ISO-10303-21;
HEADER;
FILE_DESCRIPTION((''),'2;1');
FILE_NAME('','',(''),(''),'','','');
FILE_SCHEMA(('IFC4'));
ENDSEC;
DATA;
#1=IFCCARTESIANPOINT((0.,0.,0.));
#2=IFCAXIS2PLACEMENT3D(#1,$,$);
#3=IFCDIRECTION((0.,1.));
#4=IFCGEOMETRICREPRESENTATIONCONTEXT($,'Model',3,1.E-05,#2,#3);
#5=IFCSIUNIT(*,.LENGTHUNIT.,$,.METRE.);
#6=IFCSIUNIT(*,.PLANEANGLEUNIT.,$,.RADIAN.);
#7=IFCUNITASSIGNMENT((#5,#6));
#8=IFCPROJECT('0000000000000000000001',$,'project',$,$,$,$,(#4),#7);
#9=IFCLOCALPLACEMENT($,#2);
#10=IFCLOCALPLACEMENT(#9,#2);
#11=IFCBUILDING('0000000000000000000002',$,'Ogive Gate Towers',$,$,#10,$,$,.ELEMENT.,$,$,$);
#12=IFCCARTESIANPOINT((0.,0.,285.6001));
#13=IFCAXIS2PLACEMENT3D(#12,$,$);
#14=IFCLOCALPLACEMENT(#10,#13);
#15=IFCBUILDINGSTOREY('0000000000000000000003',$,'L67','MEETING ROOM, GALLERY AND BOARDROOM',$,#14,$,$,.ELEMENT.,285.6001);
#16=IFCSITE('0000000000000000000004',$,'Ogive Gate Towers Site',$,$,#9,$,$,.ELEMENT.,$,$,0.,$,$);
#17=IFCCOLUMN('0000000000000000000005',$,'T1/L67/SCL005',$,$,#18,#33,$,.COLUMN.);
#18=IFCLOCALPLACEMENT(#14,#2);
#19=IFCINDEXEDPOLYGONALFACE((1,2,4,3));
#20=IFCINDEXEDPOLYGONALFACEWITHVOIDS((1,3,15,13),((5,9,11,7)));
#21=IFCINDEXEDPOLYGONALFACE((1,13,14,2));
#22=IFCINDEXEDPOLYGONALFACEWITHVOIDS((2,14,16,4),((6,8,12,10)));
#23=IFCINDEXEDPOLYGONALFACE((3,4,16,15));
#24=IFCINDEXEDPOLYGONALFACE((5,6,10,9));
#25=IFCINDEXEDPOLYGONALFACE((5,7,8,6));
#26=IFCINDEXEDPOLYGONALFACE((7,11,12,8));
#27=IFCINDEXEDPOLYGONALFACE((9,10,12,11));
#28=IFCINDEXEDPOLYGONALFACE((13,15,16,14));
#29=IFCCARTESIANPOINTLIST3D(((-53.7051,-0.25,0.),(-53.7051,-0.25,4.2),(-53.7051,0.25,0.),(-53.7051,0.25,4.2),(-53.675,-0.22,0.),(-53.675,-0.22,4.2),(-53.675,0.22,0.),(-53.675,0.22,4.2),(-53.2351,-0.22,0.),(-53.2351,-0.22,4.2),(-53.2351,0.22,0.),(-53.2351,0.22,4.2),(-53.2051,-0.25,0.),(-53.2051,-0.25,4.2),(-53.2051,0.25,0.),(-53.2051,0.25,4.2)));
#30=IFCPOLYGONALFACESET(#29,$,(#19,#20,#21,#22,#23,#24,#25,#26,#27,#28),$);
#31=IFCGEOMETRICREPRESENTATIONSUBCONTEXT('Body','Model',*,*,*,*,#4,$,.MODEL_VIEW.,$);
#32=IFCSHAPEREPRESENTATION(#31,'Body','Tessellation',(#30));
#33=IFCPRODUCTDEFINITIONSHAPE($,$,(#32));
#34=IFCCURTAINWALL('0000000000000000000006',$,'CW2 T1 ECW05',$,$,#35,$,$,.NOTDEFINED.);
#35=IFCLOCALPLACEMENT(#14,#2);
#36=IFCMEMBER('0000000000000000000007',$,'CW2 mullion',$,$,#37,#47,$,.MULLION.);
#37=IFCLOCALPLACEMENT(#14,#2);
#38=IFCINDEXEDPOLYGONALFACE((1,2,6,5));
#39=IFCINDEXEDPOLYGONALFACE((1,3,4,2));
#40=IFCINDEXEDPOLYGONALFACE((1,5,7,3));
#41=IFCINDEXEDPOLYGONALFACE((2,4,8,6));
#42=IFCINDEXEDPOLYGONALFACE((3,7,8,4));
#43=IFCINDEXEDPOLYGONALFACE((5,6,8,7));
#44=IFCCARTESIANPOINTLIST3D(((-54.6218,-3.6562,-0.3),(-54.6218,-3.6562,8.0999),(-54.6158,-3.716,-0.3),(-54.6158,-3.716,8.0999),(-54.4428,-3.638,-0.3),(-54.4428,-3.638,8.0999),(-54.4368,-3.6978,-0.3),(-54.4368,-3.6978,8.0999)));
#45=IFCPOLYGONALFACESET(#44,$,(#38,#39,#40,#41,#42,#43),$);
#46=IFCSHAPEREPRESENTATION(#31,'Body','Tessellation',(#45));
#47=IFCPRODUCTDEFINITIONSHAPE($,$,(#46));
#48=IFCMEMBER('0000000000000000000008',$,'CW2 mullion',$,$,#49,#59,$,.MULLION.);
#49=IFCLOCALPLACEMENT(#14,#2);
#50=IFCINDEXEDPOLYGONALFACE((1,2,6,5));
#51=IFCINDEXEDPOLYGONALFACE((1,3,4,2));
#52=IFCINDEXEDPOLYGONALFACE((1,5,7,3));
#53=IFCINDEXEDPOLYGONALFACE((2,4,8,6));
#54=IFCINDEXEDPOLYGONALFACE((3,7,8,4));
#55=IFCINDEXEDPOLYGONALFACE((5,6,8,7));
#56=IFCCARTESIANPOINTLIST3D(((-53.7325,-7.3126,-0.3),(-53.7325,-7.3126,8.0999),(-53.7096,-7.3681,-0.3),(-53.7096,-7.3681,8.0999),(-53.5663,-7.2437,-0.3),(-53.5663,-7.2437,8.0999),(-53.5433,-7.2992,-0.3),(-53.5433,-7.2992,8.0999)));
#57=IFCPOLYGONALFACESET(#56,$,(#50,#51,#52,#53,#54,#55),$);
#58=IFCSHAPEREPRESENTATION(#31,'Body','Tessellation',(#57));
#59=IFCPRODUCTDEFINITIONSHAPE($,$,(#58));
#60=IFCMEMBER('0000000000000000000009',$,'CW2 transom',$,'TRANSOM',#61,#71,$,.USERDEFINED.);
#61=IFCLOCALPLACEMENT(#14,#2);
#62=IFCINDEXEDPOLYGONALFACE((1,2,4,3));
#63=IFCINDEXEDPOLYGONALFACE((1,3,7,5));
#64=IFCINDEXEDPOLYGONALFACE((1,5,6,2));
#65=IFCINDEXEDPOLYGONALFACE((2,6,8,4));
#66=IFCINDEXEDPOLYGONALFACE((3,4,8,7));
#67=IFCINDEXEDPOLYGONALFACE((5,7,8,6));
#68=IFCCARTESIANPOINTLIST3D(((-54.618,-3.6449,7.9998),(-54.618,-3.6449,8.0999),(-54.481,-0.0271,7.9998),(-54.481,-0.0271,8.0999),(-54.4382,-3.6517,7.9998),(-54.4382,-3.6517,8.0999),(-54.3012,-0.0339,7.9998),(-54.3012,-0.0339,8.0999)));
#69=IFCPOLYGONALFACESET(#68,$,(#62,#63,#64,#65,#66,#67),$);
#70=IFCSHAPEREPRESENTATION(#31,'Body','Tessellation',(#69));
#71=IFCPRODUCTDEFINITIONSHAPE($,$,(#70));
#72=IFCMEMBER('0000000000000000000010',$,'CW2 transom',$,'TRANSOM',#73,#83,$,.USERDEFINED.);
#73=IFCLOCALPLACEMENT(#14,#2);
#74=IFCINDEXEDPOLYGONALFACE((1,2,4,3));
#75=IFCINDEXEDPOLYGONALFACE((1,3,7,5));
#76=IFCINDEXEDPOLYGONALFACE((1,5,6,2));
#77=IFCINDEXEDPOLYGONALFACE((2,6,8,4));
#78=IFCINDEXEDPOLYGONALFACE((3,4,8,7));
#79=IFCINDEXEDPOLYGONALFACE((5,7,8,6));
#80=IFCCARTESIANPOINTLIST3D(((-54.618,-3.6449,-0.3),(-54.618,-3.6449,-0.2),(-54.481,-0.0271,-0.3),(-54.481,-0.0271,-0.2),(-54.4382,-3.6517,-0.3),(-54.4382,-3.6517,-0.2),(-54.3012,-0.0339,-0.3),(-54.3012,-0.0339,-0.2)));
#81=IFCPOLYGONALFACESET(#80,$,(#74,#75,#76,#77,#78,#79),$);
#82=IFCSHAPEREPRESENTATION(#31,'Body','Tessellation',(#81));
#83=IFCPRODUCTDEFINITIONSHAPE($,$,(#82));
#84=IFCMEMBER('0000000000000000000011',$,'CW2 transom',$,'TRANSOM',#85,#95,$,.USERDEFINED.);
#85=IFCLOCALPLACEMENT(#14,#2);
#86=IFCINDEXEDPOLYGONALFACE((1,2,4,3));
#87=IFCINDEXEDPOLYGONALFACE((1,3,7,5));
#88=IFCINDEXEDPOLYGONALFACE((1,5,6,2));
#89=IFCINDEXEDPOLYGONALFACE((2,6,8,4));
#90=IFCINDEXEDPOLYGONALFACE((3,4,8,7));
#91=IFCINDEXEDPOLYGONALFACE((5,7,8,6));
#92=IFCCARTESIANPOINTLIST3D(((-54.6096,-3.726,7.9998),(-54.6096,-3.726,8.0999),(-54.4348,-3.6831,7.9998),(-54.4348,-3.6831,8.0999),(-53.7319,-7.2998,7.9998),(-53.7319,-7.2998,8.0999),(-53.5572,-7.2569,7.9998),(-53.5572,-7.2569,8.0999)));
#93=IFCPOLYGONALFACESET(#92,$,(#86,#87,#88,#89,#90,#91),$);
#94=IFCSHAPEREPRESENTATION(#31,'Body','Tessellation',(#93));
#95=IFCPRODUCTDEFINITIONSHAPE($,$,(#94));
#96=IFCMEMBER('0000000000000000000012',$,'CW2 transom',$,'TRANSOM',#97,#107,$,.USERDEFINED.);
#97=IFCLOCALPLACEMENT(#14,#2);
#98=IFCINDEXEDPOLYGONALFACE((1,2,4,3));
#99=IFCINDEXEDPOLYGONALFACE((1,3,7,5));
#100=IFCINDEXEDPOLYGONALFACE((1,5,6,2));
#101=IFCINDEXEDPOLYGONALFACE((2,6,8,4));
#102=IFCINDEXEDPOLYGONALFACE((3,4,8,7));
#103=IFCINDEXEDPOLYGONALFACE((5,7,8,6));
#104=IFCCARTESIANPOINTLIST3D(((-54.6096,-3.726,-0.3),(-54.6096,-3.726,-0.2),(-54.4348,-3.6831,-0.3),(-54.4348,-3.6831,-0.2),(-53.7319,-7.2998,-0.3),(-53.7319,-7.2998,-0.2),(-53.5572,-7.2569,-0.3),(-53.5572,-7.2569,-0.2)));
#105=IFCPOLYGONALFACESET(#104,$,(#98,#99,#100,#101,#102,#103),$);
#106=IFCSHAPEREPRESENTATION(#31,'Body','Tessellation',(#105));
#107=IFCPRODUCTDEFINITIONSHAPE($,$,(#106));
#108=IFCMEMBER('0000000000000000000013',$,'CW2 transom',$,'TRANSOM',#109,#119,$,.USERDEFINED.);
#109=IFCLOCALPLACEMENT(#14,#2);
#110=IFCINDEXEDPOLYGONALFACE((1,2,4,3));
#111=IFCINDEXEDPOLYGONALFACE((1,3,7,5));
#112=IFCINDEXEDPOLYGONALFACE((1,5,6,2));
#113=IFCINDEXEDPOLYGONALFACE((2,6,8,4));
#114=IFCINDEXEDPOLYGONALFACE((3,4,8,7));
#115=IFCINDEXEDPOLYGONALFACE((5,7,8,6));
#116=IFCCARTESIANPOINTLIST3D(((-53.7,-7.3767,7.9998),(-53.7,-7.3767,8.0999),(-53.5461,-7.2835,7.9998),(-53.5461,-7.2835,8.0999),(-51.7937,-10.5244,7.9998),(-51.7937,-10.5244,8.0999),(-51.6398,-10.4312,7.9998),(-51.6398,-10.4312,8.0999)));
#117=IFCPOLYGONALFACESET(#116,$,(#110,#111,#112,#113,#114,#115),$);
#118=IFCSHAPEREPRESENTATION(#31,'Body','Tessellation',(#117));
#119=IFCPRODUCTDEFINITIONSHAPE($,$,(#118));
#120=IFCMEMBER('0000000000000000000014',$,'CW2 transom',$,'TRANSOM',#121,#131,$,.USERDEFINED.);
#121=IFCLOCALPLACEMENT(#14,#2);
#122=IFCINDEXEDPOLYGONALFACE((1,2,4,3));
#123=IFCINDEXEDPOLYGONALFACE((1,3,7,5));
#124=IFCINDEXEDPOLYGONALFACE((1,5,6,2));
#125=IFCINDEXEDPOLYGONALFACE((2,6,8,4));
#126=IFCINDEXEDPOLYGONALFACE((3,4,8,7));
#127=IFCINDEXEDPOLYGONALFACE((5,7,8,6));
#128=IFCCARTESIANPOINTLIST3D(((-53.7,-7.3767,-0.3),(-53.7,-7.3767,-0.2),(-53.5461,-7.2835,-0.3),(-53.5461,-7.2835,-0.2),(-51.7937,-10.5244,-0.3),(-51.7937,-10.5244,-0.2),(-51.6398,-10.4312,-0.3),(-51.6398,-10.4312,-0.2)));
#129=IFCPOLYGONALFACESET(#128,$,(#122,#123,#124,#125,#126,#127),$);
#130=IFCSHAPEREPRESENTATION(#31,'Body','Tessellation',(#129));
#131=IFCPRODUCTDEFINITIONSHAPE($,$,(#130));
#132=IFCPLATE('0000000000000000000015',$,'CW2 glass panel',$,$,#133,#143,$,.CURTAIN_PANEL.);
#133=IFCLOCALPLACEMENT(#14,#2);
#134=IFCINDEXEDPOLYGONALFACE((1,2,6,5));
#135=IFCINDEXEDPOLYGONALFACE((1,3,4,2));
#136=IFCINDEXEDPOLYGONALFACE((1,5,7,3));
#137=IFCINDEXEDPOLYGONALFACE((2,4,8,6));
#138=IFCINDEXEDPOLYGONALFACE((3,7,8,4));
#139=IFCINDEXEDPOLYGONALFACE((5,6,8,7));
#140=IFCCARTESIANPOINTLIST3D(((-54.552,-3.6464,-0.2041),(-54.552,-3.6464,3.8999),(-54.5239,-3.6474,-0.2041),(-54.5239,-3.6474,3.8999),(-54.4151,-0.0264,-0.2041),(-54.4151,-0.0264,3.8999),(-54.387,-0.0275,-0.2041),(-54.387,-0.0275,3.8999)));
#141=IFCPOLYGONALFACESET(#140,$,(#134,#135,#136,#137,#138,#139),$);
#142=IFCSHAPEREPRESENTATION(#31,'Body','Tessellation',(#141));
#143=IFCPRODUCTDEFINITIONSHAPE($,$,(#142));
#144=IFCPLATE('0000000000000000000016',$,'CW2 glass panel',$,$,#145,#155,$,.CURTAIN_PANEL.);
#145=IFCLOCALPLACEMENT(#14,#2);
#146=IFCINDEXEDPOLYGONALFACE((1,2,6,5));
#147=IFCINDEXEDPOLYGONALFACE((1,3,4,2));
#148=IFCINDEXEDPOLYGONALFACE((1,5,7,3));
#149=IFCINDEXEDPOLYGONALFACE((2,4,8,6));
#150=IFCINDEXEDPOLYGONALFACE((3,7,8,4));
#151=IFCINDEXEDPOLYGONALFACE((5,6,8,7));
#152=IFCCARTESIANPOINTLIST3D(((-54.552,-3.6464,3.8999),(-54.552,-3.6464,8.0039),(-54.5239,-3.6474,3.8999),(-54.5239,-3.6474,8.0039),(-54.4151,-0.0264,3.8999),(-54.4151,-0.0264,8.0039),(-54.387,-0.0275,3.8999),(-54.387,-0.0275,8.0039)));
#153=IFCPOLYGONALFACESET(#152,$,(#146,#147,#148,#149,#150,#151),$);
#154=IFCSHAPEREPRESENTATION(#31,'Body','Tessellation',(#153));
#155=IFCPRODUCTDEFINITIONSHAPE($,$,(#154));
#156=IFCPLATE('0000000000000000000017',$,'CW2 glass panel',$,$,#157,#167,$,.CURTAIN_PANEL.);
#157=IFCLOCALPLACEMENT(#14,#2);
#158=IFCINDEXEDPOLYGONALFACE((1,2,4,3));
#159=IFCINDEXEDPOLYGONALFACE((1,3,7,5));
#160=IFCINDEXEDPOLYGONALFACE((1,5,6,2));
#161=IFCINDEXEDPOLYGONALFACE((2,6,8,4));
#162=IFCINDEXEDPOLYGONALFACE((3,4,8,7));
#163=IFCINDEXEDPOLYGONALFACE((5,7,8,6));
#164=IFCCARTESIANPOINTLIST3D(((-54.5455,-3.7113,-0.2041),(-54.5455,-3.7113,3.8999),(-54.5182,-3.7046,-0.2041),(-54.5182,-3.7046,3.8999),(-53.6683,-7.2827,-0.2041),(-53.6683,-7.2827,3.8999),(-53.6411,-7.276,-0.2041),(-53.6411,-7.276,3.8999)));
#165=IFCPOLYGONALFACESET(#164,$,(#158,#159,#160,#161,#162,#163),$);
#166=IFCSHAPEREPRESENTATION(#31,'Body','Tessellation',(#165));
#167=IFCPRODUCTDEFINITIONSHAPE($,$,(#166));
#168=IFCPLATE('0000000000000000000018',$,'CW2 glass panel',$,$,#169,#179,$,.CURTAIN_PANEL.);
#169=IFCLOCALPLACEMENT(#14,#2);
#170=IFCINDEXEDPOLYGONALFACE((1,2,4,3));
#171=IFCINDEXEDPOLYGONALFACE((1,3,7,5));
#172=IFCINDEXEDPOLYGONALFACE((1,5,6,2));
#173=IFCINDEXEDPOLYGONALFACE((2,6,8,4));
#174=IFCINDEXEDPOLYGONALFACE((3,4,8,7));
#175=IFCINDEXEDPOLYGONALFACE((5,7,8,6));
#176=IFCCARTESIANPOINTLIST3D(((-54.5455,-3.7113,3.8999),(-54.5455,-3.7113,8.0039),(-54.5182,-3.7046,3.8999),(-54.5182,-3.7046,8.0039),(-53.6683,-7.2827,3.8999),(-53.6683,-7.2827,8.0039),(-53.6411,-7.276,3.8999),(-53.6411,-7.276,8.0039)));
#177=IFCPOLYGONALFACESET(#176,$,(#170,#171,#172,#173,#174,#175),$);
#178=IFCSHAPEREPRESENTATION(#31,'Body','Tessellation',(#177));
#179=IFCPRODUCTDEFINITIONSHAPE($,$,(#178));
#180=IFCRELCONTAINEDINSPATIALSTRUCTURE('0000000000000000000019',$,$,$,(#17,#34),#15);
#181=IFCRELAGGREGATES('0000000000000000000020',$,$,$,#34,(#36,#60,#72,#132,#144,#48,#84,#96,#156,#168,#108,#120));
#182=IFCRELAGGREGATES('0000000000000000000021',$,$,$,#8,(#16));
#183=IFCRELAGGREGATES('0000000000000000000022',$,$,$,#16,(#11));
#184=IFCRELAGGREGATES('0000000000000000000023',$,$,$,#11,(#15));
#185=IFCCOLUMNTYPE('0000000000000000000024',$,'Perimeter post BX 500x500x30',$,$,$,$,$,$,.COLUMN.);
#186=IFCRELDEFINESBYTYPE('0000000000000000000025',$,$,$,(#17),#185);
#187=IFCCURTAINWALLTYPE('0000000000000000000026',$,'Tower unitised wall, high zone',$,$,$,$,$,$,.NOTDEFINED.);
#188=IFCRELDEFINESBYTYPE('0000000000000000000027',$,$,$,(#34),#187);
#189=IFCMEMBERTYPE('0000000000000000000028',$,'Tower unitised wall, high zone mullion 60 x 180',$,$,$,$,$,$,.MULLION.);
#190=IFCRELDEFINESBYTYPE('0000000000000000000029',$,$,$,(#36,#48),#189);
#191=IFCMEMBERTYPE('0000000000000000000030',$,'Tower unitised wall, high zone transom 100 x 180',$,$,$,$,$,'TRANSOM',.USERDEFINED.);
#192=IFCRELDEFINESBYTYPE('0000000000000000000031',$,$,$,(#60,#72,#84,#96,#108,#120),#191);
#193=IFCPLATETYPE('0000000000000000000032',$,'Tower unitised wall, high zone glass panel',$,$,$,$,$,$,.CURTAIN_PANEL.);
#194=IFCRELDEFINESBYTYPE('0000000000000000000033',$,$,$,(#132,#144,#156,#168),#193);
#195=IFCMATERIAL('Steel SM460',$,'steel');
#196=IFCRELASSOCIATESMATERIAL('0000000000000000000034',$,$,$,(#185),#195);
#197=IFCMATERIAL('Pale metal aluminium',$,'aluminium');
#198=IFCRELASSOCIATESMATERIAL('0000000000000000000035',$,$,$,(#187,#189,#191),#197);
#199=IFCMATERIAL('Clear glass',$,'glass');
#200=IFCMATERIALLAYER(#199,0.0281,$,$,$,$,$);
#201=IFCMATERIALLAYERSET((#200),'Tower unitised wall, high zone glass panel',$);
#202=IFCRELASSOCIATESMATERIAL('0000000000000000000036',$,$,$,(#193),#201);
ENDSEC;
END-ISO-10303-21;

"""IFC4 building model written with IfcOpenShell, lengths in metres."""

from ifc_helpers import new_model, si_unit, direction, frame, origin, origin_2d, place, context, subcontext, project, spatial, rectangle, hollow_rectangle, extrude, material, layer, layer_set, material_profile, profile_set, type_object, element, aggregate, save


model = new_model("IFC4")

# Units and contexts
model_context = context("Model", 3, precision=1e-05, world=origin(), true_north=direction((0.0, 1.0)))
body_context = subcontext(model_context, "Body", "Model", "MODEL_VIEW")
ifc_project = project(units=[si_unit("LENGTHUNIT", "METRE"), si_unit("PLANEANGLEUNIT", "RADIAN")], contexts=[model_context])

# Site, building, storey
site_placement = place(None, origin())
site = spatial("IfcSite", under=ifc_project, at=site_placement, Name="Ogive Gate Towers Site", CompositionType="ELEMENT", RefElevation=0.0)
building_placement = place(site_placement, origin())
building = spatial("IfcBuilding", under=site, at=building_placement, Name="Ogive Gate Towers", CompositionType="ELEMENT")
storey_placement = place(building_placement, frame((0.0, 0.0, 285.6001)))
storey = spatial("IfcBuildingStorey", under=building, at=storey_placement, Name="L67", Description="MEETING ROOM, GALLERY AND BOARDROOM", CompositionType="ELEMENT", Elevation=285.6001)

# Column
ifc_material_1 = material(Name="Steel SM460", Category="steel")
ifc_material_profile_1 = material_profile(ifc_material_1, hollow_rectangle(XDim=0.5, YDim=0.5, WallThickness=0.03, at=origin_2d()), Name="BX 500x500x30")
ifc_profile_set_1 = profile_set([ifc_material_profile_1], Name="Steel SM460")
column_type = type_object("IfcColumnType", Name="Perimeter post BX 500x500x30", PredefinedType="COLUMN", material=ifc_profile_set_1)
column_placement = place(storey_placement, frame((-53.4551, 0.0, 0.0), z_axis=(0.0, 0.0, 1.0), x_axis=(1.0, 0.0, 0.0)))
element("IfcColumn", 1, at=column_placement, inside=storey, type_object=column_type, Name="T1/L67/SCL005", PredefinedType="COLUMN", context=body_context, shape_type="SweptSolid", body=[
    extrude(hollow_rectangle(XDim=0.5, YDim=0.5, WallThickness=0.03, at=origin_2d()), origin(), (0.0, 0.0, 1.0), 4.2),
])

# Curtain wall, members, plates
ifc_material_2 = material(Name="Pale metal aluminium", Category="aluminium")
curtain_wall_type = type_object("IfcCurtainWallType", Name="Tower unitised wall, high zone", PredefinedType="NOTDEFINED", material=ifc_material_2)
curtain_wall_placement = place(storey_placement, origin())
curtain_wall = element("IfcCurtainWall", 2, at=curtain_wall_placement, inside=storey, type_object=curtain_wall_type, Name="CW2 T1 ECW05", PredefinedType="NOTDEFINED")
ifc_material_profile_2 = material_profile(ifc_material_2, rectangle(XDim=0.1799, YDim=0.0601, at=origin_2d()), Name="60 x 180 aluminium box")
ifc_profile_set_2 = profile_set([ifc_material_profile_2], Name="Pale metal aluminium")
member_type_1 = type_object("IfcMemberType", Name="Tower unitised wall, high zone mullion 60 x 180", PredefinedType="MULLION", material=ifc_profile_set_2)
member_1_placement = place(storey_placement, frame((-54.5293, -3.677, -0.3), z_axis=(0.0, 0.0, 1.0), x_axis=(-0.994851, -0.101351, 0.0)))
member_1 = element("IfcMember", 3, at=member_1_placement, type_object=member_type_1, Name="CW2 mullion", PredefinedType="MULLION", context=body_context, shape_type="SweptSolid", body=[
    extrude(rectangle(XDim=0.1799, YDim=0.0601, at=origin_2d()), origin(), (0.0, 0.0, 1.0), 8.3999),
])
member_2_placement = place(storey_placement, frame((-53.6379, -7.3059, -0.3), z_axis=(0.0, 0.0, 1.0), x_axis=(-0.92388, -0.382683, 0.0)))
member_2 = element("IfcMember", 4, at=member_2_placement, type_object=member_type_1, Name="CW2 mullion", PredefinedType="MULLION", context=body_context, shape_type="SweptSolid", body=[
    extrude(rectangle(XDim=0.1799, YDim=0.0601, at=origin_2d()), origin(), (0.0, 0.0, 1.0), 8.3999),
])
ifc_material_profile_3 = material_profile(ifc_material_2, rectangle(XDim=0.1799, YDim=0.1001, at=origin_2d()), Name="100 x 180 aluminium box")
ifc_profile_set_3 = profile_set([ifc_material_profile_3], Name="Pale metal aluminium")
member_type_2 = type_object("IfcMemberType", Name="Tower unitised wall, high zone transom 100 x 180", ElementType="TRANSOM", PredefinedType="USERDEFINED", material=ifc_profile_set_3)
member_3_placement = place(storey_placement, frame((-54.3911, -0.0305, 8.0498), z_axis=(-0.037832, -0.999284, 0.0), x_axis=(0.999284, -0.037832, 0.0)))
member_3 = element("IfcMember", 5, at=member_3_placement, type_object=member_type_2, Name="CW2 transom", ObjectType="TRANSOM", PredefinedType="USERDEFINED", context=body_context, shape_type="SweptSolid", body=[
    extrude(rectangle(XDim=0.1799, YDim=0.1001, at=origin_2d()), origin(), (0.0, 0.0, 1.0), 3.6204),
])
member_4_placement = place(storey_placement, frame((-54.3911, -0.0305, -0.25), z_axis=(-0.037832, -0.999284, 0.0), x_axis=(0.999284, -0.037832, 0.0)))
member_4 = element("IfcMember", 6, at=member_4_placement, type_object=member_type_2, Name="CW2 transom", ObjectType="TRANSOM", PredefinedType="USERDEFINED", context=body_context, shape_type="SweptSolid", body=[
    extrude(rectangle(XDim=0.1799, YDim=0.1001, at=origin_2d()), origin(), (0.0, 0.0, 1.0), 3.6204),
])
member_5_placement = place(storey_placement, frame((-54.5222, -3.7046, 8.0498), z_axis=(0.238506, -0.971141, 0.0), x_axis=(0.971141, 0.238506, 0.0)))
member_5 = element("IfcMember", 7, at=member_5_placement, type_object=member_type_2, Name="CW2 transom", ObjectType="TRANSOM", PredefinedType="USERDEFINED", context=body_context, shape_type="SweptSolid", body=[
    extrude(rectangle(XDim=0.1799, YDim=0.1001, at=origin_2d()), origin(), (0.0, 0.0, 1.0), 3.6799),
])
member_6_placement = place(storey_placement, frame((-54.5222, -3.7046, -0.25), z_axis=(0.238506, -0.971141, 0.0), x_axis=(0.971141, 0.238506, 0.0)))
member_6 = element("IfcMember", 8, at=member_6_placement, type_object=member_type_2, Name="CW2 transom", ObjectType="TRANSOM", PredefinedType="USERDEFINED", context=body_context, shape_type="SweptSolid", body=[
    extrude(rectangle(XDim=0.1799, YDim=0.1001, at=origin_2d()), origin(), (0.0, 0.0, 1.0), 3.6799),
])
member_7_placement = place(storey_placement, frame((-53.623, -7.3301, 8.0498), z_axis=(0.518013, -0.855372, 0.0), x_axis=(0.855372, 0.518013, 0.0)))
member_7 = element("IfcMember", 9, at=member_7_placement, type_object=member_type_2, Name="CW2 transom", ObjectType="TRANSOM", PredefinedType="USERDEFINED", context=body_context, shape_type="SweptSolid", body=[
    extrude(rectangle(XDim=0.1799, YDim=0.1001, at=origin_2d()), origin(), (0.0, 0.0, 1.0), 3.6799),
])
member_8_placement = place(storey_placement, frame((-53.623, -7.3301, -0.25), z_axis=(0.518013, -0.855372, 0.0), x_axis=(0.855372, 0.518013, 0.0)))
member_8 = element("IfcMember", 10, at=member_8_placement, type_object=member_type_2, Name="CW2 transom", ObjectType="TRANSOM", PredefinedType="USERDEFINED", context=body_context, shape_type="SweptSolid", body=[
    extrude(rectangle(XDim=0.1799, YDim=0.1001, at=origin_2d()), origin(), (0.0, 0.0, 1.0), 3.6799),
])
ifc_material_3 = material(Name="Clear glass", Category="glass")
ifc_layer_1 = layer(ifc_material_3, 0.0281)
ifc_layer_set_1 = layer_set([ifc_layer_1], Name="Tower unitised wall, high zone glass panel")
plate_type = type_object("IfcPlateType", Name="Tower unitised wall, high zone glass panel", PredefinedType="CURTAIN_PANEL", material=ifc_layer_set_1)
plate_1_placement = place(storey_placement, frame((-54.4695, -1.8369, -0.2041), z_axis=(0.0, 0.0, 1.0), x_axis=(-0.037795, -0.999286, 0.0)))
plate_1 = element("IfcPlate", 11, at=plate_1_placement, type_object=plate_type, Name="CW2 glass panel", PredefinedType="CURTAIN_PANEL", context=body_context, shape_type="SweptSolid", body=[
    extrude(rectangle(XDim=3.6226, YDim=0.0281, at=origin_2d()), origin(), (0.0, 0.0, 1.0), 4.104),
])
plate_2_placement = place(storey_placement, frame((-54.4695, -1.8369, 3.8999), z_axis=(0.0, 0.0, 1.0), x_axis=(-0.037795, -0.999286, 0.0)))
plate_2 = element("IfcPlate", 12, at=plate_2_placement, type_object=plate_type, Name="CW2 glass panel", PredefinedType="CURTAIN_PANEL", context=body_context, shape_type="SweptSolid", body=[
    extrude(rectangle(XDim=3.6226, YDim=0.0281, at=origin_2d()), origin(), (0.0, 0.0, 1.0), 4.104),
])
plate_3_placement = place(storey_placement, frame((-54.0933, -5.4937, -0.2041), z_axis=(0.0, 0.0, 1.0), x_axis=(0.238517, -0.971138, 0.0)))
plate_3 = element("IfcPlate", 13, at=plate_3_placement, type_object=plate_type, Name="CW2 glass panel", PredefinedType="CURTAIN_PANEL", context=body_context, shape_type="SweptSolid", body=[
    extrude(rectangle(XDim=3.6775, YDim=0.0281, at=origin_2d()), origin(), (0.0, 0.0, 1.0), 4.104),
])
plate_4_placement = place(storey_placement, frame((-54.0933, -5.4937, 3.8999), z_axis=(0.0, 0.0, 1.0), x_axis=(0.238517, -0.971138, 0.0)))
plate_4 = element("IfcPlate", 14, at=plate_4_placement, type_object=plate_type, Name="CW2 glass panel", PredefinedType="CURTAIN_PANEL", context=body_context, shape_type="SweptSolid", body=[
    extrude(rectangle(XDim=3.6775, YDim=0.0281, at=origin_2d()), origin(), (0.0, 0.0, 1.0), 4.104),
])
aggregate(curtain_wall, [member_1, member_3, member_4, plate_1, plate_2, member_2, member_5, member_6, plate_3, plate_4, member_7, member_8])

save(model, "model.ifc")
